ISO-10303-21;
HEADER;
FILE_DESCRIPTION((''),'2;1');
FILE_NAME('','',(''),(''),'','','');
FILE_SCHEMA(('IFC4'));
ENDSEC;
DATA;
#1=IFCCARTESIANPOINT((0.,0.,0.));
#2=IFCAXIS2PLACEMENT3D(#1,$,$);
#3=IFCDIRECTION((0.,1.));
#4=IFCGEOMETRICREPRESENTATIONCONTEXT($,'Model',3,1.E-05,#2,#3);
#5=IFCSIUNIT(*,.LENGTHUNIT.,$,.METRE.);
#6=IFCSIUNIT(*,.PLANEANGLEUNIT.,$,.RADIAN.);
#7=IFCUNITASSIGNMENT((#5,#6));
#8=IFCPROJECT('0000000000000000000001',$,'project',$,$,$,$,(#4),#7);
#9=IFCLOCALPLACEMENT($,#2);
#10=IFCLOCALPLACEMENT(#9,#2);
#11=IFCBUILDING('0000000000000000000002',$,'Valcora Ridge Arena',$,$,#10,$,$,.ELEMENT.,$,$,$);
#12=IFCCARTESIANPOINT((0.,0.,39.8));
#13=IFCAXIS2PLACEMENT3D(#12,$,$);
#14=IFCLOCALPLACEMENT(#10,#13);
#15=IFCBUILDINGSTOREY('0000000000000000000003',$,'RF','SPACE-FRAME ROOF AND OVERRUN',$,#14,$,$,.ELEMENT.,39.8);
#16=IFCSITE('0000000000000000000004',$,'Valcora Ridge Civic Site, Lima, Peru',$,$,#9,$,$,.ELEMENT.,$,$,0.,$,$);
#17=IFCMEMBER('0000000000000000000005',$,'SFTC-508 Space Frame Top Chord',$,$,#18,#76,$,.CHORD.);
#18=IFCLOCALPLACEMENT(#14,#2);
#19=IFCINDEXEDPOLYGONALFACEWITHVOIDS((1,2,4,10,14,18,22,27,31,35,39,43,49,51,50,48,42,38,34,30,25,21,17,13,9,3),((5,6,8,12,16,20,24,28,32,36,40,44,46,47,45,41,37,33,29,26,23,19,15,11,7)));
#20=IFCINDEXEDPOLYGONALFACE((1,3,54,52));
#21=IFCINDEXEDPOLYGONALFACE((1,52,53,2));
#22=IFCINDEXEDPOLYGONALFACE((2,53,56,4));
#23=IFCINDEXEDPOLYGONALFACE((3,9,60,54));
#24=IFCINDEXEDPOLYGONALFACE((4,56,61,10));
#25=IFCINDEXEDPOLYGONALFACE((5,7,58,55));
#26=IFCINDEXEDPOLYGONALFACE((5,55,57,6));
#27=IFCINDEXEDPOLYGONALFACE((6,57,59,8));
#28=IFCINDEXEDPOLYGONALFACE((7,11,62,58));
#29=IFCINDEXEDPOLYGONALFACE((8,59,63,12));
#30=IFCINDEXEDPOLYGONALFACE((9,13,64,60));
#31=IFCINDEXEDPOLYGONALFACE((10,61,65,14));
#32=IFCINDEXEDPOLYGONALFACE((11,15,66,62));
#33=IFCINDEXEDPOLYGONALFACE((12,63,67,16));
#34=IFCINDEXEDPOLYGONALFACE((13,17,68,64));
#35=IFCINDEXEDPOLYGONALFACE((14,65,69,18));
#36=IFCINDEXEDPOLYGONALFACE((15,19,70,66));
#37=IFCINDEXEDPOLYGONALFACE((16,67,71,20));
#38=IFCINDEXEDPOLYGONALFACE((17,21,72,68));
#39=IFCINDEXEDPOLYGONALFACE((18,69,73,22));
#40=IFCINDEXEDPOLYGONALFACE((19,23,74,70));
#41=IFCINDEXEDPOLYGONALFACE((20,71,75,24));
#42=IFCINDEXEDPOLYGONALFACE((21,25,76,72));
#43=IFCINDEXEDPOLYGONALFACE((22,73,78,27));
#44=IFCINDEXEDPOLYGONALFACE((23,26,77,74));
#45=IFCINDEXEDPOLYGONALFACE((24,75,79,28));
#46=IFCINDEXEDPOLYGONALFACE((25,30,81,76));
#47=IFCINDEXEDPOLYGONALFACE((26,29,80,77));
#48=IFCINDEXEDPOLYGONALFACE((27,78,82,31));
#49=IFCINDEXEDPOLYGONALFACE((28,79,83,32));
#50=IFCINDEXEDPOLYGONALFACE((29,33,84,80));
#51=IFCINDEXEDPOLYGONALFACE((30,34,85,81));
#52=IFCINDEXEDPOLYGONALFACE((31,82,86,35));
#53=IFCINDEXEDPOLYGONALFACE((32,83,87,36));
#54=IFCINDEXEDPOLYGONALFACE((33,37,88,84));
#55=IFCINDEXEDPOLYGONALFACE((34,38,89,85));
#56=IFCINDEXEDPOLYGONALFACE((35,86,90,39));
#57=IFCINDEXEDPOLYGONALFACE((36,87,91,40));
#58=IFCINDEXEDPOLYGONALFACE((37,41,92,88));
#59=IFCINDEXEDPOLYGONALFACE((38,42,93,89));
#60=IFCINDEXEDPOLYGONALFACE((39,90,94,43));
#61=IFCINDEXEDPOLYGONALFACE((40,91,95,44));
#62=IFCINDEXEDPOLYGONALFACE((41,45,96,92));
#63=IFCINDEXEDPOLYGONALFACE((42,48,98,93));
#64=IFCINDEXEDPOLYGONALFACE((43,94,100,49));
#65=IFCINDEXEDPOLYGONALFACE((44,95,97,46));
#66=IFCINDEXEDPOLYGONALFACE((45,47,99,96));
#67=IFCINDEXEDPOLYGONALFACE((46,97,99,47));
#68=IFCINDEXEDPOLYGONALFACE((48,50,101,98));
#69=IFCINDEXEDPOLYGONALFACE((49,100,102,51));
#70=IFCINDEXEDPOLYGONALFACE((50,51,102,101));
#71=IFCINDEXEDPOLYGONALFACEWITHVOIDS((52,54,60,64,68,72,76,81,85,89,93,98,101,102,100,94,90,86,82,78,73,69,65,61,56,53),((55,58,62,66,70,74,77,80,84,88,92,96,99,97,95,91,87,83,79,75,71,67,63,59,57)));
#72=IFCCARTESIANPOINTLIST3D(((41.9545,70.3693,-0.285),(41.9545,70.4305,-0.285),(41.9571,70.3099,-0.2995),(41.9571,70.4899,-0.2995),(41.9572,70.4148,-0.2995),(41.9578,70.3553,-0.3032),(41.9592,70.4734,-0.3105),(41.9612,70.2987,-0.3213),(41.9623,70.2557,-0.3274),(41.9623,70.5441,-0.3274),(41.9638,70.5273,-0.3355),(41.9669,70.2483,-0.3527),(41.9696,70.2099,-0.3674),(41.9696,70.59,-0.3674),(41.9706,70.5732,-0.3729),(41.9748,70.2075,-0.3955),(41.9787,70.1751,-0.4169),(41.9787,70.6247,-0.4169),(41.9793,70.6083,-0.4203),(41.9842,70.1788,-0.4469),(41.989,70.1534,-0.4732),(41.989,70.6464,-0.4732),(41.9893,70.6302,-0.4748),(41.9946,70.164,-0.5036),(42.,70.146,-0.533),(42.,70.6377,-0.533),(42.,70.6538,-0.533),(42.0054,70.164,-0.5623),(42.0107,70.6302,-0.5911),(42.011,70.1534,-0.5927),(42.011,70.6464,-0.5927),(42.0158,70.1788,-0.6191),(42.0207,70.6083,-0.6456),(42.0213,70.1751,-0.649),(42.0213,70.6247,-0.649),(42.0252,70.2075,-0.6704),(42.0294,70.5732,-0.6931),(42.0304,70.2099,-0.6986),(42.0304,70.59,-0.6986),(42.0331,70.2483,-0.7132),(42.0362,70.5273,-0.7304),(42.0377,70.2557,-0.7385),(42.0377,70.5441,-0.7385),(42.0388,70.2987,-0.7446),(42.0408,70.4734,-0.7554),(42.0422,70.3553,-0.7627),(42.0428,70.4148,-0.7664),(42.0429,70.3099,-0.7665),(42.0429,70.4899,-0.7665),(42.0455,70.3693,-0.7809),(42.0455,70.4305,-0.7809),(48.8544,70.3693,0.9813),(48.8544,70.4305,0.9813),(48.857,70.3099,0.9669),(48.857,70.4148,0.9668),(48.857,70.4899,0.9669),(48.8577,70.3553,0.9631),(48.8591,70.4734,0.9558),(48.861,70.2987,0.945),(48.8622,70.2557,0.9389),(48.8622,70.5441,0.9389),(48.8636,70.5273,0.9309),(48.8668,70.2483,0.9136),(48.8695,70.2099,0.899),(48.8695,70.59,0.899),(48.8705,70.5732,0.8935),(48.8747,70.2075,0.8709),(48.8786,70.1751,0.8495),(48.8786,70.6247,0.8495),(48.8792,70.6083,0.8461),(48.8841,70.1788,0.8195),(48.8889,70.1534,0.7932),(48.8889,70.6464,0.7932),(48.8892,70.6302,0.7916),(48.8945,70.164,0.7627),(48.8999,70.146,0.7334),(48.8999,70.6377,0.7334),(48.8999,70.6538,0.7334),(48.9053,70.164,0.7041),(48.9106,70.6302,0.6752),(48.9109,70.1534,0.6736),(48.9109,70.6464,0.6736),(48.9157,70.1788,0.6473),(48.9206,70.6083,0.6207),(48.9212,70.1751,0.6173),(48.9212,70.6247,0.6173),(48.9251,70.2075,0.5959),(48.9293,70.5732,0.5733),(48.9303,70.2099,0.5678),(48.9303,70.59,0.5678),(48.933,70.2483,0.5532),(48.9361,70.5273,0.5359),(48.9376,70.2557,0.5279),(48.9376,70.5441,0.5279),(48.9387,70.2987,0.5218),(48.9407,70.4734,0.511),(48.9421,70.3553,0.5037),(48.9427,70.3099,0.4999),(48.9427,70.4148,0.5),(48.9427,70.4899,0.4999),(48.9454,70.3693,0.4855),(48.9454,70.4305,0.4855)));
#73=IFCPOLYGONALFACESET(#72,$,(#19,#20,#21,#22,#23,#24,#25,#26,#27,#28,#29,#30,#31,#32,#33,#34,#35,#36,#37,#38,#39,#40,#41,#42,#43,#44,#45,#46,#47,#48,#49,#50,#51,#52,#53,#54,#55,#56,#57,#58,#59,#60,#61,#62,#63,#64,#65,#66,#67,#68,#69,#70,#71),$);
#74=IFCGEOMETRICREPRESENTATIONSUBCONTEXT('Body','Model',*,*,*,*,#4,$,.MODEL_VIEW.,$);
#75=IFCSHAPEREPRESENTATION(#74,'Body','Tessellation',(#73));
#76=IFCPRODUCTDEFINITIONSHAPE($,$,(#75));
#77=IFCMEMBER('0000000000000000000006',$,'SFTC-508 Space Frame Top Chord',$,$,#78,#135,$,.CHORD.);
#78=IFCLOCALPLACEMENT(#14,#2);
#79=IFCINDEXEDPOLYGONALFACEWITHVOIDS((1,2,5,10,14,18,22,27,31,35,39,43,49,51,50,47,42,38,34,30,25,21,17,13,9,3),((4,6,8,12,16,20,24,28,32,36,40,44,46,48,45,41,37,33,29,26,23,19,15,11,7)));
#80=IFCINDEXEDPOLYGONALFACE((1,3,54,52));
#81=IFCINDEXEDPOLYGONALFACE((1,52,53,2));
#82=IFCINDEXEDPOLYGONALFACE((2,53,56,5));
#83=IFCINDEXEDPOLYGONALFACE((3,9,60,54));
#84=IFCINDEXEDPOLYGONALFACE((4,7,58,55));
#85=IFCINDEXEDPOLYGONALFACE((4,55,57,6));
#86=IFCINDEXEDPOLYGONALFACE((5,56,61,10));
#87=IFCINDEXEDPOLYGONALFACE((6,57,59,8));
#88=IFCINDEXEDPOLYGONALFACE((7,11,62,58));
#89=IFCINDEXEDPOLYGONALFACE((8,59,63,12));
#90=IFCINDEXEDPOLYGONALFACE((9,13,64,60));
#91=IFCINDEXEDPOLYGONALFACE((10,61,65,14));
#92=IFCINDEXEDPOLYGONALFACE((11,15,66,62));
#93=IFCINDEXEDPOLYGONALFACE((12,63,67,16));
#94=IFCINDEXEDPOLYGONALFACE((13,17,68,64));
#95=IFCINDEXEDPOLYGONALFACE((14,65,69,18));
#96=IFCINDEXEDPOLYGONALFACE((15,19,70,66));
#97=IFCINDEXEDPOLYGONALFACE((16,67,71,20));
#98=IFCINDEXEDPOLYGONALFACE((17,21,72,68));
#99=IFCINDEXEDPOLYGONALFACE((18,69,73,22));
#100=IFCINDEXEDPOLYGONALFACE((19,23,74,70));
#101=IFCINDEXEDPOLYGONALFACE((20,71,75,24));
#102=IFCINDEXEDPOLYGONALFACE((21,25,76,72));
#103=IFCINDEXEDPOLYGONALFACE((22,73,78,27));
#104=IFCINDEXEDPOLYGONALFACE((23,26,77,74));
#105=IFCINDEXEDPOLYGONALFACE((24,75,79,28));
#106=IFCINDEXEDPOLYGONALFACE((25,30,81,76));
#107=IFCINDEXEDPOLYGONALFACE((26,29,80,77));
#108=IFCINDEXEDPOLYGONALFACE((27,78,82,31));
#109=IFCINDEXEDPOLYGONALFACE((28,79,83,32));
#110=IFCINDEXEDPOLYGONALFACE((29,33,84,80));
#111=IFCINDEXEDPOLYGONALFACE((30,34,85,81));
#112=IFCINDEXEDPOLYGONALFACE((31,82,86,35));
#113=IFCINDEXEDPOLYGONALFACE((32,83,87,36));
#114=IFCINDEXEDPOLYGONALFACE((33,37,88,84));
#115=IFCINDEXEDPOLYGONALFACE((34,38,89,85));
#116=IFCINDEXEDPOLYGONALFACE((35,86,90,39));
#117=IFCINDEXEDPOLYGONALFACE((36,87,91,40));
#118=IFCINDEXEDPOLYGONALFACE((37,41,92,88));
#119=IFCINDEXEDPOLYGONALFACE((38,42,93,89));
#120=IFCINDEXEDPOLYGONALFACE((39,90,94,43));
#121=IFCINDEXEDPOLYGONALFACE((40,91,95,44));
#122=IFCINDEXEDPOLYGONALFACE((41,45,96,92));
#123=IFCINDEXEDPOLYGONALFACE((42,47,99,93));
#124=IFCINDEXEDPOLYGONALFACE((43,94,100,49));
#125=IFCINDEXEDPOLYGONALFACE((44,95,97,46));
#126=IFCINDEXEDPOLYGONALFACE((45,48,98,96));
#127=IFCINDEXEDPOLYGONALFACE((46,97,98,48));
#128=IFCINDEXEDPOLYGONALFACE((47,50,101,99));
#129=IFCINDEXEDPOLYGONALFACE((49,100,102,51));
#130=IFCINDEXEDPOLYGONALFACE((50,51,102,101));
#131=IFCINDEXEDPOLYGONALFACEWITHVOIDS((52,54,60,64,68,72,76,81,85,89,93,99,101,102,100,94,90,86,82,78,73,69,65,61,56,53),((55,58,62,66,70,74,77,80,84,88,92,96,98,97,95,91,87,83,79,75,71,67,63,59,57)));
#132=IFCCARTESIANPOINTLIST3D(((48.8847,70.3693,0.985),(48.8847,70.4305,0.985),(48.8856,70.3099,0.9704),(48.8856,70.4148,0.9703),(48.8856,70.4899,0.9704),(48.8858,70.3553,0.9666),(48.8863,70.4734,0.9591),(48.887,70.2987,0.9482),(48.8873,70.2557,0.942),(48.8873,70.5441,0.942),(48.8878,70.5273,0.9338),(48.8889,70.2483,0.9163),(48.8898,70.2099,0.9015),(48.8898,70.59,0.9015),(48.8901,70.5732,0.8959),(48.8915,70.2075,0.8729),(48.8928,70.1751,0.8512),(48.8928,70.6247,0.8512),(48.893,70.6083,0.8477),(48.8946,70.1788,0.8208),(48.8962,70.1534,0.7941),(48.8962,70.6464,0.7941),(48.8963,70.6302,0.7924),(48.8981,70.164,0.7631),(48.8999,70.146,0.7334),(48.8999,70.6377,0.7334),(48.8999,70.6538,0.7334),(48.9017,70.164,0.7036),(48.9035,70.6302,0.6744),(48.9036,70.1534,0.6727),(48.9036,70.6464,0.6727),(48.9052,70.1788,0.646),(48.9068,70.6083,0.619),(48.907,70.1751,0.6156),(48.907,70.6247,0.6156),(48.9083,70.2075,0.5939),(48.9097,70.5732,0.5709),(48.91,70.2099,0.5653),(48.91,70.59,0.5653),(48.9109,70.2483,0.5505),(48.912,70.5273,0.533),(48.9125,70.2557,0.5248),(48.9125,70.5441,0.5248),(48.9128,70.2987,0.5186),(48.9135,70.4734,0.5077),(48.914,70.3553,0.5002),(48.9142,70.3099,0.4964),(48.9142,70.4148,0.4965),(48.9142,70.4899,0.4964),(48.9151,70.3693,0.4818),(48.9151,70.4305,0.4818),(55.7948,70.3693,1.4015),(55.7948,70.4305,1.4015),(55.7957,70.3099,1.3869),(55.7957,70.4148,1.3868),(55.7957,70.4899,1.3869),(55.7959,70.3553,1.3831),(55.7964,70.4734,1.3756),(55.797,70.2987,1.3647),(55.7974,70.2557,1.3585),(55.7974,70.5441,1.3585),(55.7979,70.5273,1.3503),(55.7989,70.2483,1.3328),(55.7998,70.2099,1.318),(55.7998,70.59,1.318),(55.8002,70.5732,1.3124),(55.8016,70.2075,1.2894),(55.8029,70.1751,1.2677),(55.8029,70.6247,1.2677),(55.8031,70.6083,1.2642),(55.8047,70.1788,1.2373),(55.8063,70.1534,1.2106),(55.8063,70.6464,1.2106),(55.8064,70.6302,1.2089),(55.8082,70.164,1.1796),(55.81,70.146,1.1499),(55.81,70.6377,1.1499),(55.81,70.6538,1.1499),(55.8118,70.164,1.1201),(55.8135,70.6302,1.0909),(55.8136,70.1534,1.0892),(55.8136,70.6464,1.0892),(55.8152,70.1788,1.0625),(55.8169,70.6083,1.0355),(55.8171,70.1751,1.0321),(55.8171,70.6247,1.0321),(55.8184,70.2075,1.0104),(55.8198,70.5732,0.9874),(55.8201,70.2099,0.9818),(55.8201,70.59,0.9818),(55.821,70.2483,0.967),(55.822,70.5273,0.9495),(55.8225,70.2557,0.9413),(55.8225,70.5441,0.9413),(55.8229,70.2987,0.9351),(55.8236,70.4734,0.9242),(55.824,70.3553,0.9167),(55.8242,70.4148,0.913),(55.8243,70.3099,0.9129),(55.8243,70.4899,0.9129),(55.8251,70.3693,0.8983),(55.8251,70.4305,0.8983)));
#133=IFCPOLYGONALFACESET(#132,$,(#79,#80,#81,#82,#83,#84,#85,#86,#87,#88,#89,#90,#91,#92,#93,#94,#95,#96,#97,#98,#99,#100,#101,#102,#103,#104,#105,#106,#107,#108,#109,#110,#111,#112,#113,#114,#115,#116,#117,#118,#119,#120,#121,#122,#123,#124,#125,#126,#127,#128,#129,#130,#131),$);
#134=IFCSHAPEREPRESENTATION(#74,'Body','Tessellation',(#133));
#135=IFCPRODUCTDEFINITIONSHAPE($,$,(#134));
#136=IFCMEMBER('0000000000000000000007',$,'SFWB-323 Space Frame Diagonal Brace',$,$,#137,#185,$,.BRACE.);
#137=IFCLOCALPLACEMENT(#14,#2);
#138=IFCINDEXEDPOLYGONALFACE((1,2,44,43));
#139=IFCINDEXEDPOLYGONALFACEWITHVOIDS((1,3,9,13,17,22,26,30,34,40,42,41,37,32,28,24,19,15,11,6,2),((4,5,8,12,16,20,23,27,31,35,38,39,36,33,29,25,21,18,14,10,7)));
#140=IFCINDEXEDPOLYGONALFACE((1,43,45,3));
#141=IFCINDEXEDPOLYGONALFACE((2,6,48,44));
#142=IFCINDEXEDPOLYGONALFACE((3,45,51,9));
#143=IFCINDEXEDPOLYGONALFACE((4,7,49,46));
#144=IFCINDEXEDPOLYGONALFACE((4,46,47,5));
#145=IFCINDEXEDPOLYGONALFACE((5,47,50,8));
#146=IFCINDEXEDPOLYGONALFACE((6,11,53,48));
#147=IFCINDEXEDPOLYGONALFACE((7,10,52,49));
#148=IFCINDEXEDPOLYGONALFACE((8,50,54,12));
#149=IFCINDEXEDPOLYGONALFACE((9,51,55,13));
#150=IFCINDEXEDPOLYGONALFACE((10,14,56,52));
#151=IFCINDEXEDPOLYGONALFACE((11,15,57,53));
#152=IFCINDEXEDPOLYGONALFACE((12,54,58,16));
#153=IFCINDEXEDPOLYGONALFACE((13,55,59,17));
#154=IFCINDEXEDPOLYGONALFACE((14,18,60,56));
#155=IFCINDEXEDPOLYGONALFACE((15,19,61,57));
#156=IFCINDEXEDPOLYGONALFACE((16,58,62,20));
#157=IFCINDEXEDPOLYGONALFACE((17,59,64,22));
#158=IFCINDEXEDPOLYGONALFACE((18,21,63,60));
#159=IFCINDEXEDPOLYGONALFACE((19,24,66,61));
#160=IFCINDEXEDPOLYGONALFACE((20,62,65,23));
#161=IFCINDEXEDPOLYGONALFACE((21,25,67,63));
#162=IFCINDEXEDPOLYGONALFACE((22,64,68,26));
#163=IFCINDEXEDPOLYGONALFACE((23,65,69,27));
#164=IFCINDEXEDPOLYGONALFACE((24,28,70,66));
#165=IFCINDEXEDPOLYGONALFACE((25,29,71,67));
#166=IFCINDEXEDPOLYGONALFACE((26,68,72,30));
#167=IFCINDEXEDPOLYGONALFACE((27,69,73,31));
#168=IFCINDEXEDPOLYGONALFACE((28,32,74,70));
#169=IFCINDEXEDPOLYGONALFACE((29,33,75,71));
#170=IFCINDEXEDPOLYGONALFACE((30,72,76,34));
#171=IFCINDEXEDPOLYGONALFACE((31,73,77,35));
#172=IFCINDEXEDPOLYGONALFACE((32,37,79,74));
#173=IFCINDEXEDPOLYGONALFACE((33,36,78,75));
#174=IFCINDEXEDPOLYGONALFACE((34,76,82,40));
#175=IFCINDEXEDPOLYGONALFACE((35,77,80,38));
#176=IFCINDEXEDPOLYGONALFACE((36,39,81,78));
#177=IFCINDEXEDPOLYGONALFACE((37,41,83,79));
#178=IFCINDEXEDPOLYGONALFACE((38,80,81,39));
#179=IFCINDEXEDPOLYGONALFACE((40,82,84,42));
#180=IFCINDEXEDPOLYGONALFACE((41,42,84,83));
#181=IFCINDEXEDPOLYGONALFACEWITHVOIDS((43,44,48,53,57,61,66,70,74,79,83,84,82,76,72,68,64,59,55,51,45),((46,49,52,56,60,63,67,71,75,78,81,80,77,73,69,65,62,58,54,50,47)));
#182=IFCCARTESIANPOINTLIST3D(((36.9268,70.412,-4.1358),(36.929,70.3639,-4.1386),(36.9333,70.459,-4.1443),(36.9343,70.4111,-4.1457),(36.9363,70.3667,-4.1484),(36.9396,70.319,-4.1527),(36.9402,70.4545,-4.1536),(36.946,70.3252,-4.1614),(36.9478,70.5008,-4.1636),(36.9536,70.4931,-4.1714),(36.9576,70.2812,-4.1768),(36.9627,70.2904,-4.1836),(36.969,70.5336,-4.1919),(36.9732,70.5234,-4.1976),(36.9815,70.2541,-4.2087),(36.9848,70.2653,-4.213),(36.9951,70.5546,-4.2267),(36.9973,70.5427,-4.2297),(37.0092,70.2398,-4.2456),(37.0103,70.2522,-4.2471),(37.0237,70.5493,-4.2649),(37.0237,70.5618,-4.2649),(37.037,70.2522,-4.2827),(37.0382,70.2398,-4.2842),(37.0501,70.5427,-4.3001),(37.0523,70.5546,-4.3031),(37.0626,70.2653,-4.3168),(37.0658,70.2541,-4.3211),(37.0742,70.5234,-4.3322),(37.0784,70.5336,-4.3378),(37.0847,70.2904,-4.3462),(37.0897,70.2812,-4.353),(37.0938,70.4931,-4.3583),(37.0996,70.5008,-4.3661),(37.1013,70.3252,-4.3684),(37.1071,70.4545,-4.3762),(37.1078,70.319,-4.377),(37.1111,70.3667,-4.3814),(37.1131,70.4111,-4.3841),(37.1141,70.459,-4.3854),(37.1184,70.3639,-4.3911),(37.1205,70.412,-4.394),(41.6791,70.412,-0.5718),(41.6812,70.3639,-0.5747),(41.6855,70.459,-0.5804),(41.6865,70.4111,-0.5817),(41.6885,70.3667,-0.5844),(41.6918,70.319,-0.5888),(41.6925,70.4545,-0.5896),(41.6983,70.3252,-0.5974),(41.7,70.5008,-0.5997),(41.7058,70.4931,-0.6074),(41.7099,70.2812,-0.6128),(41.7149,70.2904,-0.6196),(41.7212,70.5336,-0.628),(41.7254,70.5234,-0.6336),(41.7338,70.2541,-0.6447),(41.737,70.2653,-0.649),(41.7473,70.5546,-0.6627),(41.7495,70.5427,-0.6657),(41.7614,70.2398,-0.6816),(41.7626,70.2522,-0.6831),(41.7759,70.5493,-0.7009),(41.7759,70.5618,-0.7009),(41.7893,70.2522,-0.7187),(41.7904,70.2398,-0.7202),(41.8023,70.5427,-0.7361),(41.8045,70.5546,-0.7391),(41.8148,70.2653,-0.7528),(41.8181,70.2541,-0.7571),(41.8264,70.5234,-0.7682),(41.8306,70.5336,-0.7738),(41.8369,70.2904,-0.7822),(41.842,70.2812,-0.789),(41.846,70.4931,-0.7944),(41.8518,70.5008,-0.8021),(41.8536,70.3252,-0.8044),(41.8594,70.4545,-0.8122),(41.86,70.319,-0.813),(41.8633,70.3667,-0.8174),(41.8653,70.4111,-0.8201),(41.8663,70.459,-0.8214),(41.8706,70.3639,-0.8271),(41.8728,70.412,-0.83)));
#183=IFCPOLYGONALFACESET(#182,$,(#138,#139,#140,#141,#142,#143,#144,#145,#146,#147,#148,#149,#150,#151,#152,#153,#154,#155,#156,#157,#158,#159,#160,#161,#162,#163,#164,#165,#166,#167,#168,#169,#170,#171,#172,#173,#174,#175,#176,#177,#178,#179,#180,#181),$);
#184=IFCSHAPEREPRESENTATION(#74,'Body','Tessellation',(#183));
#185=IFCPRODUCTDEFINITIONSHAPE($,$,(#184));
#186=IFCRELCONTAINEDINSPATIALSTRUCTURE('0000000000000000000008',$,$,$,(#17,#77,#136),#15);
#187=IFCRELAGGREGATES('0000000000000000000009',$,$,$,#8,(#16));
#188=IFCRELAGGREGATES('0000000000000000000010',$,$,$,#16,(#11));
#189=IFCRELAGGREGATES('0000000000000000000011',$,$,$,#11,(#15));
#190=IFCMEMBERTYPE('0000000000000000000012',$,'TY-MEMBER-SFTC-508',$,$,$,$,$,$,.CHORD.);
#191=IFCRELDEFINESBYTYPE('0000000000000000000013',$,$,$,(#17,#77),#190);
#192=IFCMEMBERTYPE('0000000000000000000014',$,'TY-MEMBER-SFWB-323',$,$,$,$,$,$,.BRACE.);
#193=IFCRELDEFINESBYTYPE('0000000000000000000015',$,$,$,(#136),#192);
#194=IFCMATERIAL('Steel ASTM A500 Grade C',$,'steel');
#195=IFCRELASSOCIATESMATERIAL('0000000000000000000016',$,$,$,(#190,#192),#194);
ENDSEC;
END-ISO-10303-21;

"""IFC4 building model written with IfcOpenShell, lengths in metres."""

from ifc_helpers import new_model, si_unit, direction, frame, origin, origin_2d, place, context, subcontext, project, spatial, hollow_circle, extrude, material, material_profile, profile_set, type_object, element, save


model = new_model("IFC4")

# Units and contexts
model_context = context("Model", 3, precision=1e-05, world=origin(), true_north=direction((0.0, 1.0)))
body_context = subcontext(model_context, "Body", "Model", "MODEL_VIEW")
ifc_project = project(units=[si_unit("LENGTHUNIT", "METRE"), si_unit("PLANEANGLEUNIT", "RADIAN")], contexts=[model_context])

# Site, building, storey
site_placement = place(None, origin())
site = spatial("IfcSite", under=ifc_project, at=site_placement, Name="Valcora Ridge Civic Site, Lima, Peru", CompositionType="ELEMENT", RefElevation=0.0)
building_placement = place(site_placement, origin())
building = spatial("IfcBuilding", under=site, at=building_placement, Name="Valcora Ridge Arena", CompositionType="ELEMENT")
storey_placement = place(building_placement, frame((0.0, 0.0, 39.8)))
storey = spatial("IfcBuildingStorey", under=building, at=storey_placement, Name="RF", Description="SPACE-FRAME ROOF AND OVERRUN", CompositionType="ELEMENT", Elevation=39.8)

# Members
ifc_material_1 = material(Name="Steel ASTM A500 Grade C", Category="steel")
ifc_material_profile_1 = material_profile(ifc_material_1, hollow_circle(Radius=0.2539, WallThickness=0.0161, at=origin_2d()), Name="CHS508X16")
ifc_profile_set_1 = profile_set([ifc_material_profile_1], Name="Steel ASTM A500 Grade C")
member_type_1 = type_object("IfcMemberType", Name="TY-MEMBER-SFTC-508", PredefinedType="CHORD", material=ifc_profile_set_1)
member_1_placement = place(storey_placement, frame((42.0, 70.3999, -0.533), z_axis=(0.983572, 0.0, 0.180518), x_axis=(0.0, 1.0, 0.0)))
element("IfcMember", 1, at=member_1_placement, inside=storey, type_object=member_type_1, Name="SFTC-508 Space Frame Top Chord", PredefinedType="CHORD", context=body_context, shape_type="SweptSolid", body=[
    extrude(hollow_circle(Radius=0.2539, WallThickness=0.0161, at=origin_2d()), origin(), (0.0, 0.0, 1.0), 7.0151),
])
member_2_placement = place(storey_placement, frame((48.8999, 70.3999, 0.7334), z_axis=(0.998188, 0.0, 0.060165), x_axis=(0.0, 1.0, 0.0)))
element("IfcMember", 2, at=member_2_placement, inside=storey, type_object=member_type_1, Name="SFTC-508 Space Frame Top Chord", PredefinedType="CHORD", context=body_context, shape_type="SweptSolid", body=[
    extrude(hollow_circle(Radius=0.2539, WallThickness=0.0161, at=origin_2d()), origin(), (0.0, 0.0, 1.0), 6.9226),
])
ifc_material_profile_2 = material_profile(ifc_material_1, hollow_circle(Radius=0.1619, WallThickness=0.0125, at=origin_2d()), Name="CHS323X12")
ifc_profile_set_2 = profile_set([ifc_material_profile_2], Name="Steel ASTM A500 Grade C")
member_type_2 = type_object("IfcMemberType", Name="TY-MEMBER-SFWB-323", PredefinedType="BRACE", material=ifc_profile_set_2)
member_3_placement = place(storey_placement, frame((37.0237, 70.3999, -4.2649), z_axis=(0.800015, 0.0, 0.59998), x_axis=(0.0, 1.0, 0.0)))
element("IfcMember", 3, at=member_3_placement, inside=storey, type_object=member_type_2, Name="SFWB-323 Space Frame Diagonal Brace", PredefinedType="BRACE", context=body_context, shape_type="SweptSolid", body=[
    extrude(hollow_circle(Radius=0.1619, WallThickness=0.0125, at=origin_2d()), origin(), (0.0, 0.0, 1.0), 5.9402),
])

save(model, "model.ifc")
